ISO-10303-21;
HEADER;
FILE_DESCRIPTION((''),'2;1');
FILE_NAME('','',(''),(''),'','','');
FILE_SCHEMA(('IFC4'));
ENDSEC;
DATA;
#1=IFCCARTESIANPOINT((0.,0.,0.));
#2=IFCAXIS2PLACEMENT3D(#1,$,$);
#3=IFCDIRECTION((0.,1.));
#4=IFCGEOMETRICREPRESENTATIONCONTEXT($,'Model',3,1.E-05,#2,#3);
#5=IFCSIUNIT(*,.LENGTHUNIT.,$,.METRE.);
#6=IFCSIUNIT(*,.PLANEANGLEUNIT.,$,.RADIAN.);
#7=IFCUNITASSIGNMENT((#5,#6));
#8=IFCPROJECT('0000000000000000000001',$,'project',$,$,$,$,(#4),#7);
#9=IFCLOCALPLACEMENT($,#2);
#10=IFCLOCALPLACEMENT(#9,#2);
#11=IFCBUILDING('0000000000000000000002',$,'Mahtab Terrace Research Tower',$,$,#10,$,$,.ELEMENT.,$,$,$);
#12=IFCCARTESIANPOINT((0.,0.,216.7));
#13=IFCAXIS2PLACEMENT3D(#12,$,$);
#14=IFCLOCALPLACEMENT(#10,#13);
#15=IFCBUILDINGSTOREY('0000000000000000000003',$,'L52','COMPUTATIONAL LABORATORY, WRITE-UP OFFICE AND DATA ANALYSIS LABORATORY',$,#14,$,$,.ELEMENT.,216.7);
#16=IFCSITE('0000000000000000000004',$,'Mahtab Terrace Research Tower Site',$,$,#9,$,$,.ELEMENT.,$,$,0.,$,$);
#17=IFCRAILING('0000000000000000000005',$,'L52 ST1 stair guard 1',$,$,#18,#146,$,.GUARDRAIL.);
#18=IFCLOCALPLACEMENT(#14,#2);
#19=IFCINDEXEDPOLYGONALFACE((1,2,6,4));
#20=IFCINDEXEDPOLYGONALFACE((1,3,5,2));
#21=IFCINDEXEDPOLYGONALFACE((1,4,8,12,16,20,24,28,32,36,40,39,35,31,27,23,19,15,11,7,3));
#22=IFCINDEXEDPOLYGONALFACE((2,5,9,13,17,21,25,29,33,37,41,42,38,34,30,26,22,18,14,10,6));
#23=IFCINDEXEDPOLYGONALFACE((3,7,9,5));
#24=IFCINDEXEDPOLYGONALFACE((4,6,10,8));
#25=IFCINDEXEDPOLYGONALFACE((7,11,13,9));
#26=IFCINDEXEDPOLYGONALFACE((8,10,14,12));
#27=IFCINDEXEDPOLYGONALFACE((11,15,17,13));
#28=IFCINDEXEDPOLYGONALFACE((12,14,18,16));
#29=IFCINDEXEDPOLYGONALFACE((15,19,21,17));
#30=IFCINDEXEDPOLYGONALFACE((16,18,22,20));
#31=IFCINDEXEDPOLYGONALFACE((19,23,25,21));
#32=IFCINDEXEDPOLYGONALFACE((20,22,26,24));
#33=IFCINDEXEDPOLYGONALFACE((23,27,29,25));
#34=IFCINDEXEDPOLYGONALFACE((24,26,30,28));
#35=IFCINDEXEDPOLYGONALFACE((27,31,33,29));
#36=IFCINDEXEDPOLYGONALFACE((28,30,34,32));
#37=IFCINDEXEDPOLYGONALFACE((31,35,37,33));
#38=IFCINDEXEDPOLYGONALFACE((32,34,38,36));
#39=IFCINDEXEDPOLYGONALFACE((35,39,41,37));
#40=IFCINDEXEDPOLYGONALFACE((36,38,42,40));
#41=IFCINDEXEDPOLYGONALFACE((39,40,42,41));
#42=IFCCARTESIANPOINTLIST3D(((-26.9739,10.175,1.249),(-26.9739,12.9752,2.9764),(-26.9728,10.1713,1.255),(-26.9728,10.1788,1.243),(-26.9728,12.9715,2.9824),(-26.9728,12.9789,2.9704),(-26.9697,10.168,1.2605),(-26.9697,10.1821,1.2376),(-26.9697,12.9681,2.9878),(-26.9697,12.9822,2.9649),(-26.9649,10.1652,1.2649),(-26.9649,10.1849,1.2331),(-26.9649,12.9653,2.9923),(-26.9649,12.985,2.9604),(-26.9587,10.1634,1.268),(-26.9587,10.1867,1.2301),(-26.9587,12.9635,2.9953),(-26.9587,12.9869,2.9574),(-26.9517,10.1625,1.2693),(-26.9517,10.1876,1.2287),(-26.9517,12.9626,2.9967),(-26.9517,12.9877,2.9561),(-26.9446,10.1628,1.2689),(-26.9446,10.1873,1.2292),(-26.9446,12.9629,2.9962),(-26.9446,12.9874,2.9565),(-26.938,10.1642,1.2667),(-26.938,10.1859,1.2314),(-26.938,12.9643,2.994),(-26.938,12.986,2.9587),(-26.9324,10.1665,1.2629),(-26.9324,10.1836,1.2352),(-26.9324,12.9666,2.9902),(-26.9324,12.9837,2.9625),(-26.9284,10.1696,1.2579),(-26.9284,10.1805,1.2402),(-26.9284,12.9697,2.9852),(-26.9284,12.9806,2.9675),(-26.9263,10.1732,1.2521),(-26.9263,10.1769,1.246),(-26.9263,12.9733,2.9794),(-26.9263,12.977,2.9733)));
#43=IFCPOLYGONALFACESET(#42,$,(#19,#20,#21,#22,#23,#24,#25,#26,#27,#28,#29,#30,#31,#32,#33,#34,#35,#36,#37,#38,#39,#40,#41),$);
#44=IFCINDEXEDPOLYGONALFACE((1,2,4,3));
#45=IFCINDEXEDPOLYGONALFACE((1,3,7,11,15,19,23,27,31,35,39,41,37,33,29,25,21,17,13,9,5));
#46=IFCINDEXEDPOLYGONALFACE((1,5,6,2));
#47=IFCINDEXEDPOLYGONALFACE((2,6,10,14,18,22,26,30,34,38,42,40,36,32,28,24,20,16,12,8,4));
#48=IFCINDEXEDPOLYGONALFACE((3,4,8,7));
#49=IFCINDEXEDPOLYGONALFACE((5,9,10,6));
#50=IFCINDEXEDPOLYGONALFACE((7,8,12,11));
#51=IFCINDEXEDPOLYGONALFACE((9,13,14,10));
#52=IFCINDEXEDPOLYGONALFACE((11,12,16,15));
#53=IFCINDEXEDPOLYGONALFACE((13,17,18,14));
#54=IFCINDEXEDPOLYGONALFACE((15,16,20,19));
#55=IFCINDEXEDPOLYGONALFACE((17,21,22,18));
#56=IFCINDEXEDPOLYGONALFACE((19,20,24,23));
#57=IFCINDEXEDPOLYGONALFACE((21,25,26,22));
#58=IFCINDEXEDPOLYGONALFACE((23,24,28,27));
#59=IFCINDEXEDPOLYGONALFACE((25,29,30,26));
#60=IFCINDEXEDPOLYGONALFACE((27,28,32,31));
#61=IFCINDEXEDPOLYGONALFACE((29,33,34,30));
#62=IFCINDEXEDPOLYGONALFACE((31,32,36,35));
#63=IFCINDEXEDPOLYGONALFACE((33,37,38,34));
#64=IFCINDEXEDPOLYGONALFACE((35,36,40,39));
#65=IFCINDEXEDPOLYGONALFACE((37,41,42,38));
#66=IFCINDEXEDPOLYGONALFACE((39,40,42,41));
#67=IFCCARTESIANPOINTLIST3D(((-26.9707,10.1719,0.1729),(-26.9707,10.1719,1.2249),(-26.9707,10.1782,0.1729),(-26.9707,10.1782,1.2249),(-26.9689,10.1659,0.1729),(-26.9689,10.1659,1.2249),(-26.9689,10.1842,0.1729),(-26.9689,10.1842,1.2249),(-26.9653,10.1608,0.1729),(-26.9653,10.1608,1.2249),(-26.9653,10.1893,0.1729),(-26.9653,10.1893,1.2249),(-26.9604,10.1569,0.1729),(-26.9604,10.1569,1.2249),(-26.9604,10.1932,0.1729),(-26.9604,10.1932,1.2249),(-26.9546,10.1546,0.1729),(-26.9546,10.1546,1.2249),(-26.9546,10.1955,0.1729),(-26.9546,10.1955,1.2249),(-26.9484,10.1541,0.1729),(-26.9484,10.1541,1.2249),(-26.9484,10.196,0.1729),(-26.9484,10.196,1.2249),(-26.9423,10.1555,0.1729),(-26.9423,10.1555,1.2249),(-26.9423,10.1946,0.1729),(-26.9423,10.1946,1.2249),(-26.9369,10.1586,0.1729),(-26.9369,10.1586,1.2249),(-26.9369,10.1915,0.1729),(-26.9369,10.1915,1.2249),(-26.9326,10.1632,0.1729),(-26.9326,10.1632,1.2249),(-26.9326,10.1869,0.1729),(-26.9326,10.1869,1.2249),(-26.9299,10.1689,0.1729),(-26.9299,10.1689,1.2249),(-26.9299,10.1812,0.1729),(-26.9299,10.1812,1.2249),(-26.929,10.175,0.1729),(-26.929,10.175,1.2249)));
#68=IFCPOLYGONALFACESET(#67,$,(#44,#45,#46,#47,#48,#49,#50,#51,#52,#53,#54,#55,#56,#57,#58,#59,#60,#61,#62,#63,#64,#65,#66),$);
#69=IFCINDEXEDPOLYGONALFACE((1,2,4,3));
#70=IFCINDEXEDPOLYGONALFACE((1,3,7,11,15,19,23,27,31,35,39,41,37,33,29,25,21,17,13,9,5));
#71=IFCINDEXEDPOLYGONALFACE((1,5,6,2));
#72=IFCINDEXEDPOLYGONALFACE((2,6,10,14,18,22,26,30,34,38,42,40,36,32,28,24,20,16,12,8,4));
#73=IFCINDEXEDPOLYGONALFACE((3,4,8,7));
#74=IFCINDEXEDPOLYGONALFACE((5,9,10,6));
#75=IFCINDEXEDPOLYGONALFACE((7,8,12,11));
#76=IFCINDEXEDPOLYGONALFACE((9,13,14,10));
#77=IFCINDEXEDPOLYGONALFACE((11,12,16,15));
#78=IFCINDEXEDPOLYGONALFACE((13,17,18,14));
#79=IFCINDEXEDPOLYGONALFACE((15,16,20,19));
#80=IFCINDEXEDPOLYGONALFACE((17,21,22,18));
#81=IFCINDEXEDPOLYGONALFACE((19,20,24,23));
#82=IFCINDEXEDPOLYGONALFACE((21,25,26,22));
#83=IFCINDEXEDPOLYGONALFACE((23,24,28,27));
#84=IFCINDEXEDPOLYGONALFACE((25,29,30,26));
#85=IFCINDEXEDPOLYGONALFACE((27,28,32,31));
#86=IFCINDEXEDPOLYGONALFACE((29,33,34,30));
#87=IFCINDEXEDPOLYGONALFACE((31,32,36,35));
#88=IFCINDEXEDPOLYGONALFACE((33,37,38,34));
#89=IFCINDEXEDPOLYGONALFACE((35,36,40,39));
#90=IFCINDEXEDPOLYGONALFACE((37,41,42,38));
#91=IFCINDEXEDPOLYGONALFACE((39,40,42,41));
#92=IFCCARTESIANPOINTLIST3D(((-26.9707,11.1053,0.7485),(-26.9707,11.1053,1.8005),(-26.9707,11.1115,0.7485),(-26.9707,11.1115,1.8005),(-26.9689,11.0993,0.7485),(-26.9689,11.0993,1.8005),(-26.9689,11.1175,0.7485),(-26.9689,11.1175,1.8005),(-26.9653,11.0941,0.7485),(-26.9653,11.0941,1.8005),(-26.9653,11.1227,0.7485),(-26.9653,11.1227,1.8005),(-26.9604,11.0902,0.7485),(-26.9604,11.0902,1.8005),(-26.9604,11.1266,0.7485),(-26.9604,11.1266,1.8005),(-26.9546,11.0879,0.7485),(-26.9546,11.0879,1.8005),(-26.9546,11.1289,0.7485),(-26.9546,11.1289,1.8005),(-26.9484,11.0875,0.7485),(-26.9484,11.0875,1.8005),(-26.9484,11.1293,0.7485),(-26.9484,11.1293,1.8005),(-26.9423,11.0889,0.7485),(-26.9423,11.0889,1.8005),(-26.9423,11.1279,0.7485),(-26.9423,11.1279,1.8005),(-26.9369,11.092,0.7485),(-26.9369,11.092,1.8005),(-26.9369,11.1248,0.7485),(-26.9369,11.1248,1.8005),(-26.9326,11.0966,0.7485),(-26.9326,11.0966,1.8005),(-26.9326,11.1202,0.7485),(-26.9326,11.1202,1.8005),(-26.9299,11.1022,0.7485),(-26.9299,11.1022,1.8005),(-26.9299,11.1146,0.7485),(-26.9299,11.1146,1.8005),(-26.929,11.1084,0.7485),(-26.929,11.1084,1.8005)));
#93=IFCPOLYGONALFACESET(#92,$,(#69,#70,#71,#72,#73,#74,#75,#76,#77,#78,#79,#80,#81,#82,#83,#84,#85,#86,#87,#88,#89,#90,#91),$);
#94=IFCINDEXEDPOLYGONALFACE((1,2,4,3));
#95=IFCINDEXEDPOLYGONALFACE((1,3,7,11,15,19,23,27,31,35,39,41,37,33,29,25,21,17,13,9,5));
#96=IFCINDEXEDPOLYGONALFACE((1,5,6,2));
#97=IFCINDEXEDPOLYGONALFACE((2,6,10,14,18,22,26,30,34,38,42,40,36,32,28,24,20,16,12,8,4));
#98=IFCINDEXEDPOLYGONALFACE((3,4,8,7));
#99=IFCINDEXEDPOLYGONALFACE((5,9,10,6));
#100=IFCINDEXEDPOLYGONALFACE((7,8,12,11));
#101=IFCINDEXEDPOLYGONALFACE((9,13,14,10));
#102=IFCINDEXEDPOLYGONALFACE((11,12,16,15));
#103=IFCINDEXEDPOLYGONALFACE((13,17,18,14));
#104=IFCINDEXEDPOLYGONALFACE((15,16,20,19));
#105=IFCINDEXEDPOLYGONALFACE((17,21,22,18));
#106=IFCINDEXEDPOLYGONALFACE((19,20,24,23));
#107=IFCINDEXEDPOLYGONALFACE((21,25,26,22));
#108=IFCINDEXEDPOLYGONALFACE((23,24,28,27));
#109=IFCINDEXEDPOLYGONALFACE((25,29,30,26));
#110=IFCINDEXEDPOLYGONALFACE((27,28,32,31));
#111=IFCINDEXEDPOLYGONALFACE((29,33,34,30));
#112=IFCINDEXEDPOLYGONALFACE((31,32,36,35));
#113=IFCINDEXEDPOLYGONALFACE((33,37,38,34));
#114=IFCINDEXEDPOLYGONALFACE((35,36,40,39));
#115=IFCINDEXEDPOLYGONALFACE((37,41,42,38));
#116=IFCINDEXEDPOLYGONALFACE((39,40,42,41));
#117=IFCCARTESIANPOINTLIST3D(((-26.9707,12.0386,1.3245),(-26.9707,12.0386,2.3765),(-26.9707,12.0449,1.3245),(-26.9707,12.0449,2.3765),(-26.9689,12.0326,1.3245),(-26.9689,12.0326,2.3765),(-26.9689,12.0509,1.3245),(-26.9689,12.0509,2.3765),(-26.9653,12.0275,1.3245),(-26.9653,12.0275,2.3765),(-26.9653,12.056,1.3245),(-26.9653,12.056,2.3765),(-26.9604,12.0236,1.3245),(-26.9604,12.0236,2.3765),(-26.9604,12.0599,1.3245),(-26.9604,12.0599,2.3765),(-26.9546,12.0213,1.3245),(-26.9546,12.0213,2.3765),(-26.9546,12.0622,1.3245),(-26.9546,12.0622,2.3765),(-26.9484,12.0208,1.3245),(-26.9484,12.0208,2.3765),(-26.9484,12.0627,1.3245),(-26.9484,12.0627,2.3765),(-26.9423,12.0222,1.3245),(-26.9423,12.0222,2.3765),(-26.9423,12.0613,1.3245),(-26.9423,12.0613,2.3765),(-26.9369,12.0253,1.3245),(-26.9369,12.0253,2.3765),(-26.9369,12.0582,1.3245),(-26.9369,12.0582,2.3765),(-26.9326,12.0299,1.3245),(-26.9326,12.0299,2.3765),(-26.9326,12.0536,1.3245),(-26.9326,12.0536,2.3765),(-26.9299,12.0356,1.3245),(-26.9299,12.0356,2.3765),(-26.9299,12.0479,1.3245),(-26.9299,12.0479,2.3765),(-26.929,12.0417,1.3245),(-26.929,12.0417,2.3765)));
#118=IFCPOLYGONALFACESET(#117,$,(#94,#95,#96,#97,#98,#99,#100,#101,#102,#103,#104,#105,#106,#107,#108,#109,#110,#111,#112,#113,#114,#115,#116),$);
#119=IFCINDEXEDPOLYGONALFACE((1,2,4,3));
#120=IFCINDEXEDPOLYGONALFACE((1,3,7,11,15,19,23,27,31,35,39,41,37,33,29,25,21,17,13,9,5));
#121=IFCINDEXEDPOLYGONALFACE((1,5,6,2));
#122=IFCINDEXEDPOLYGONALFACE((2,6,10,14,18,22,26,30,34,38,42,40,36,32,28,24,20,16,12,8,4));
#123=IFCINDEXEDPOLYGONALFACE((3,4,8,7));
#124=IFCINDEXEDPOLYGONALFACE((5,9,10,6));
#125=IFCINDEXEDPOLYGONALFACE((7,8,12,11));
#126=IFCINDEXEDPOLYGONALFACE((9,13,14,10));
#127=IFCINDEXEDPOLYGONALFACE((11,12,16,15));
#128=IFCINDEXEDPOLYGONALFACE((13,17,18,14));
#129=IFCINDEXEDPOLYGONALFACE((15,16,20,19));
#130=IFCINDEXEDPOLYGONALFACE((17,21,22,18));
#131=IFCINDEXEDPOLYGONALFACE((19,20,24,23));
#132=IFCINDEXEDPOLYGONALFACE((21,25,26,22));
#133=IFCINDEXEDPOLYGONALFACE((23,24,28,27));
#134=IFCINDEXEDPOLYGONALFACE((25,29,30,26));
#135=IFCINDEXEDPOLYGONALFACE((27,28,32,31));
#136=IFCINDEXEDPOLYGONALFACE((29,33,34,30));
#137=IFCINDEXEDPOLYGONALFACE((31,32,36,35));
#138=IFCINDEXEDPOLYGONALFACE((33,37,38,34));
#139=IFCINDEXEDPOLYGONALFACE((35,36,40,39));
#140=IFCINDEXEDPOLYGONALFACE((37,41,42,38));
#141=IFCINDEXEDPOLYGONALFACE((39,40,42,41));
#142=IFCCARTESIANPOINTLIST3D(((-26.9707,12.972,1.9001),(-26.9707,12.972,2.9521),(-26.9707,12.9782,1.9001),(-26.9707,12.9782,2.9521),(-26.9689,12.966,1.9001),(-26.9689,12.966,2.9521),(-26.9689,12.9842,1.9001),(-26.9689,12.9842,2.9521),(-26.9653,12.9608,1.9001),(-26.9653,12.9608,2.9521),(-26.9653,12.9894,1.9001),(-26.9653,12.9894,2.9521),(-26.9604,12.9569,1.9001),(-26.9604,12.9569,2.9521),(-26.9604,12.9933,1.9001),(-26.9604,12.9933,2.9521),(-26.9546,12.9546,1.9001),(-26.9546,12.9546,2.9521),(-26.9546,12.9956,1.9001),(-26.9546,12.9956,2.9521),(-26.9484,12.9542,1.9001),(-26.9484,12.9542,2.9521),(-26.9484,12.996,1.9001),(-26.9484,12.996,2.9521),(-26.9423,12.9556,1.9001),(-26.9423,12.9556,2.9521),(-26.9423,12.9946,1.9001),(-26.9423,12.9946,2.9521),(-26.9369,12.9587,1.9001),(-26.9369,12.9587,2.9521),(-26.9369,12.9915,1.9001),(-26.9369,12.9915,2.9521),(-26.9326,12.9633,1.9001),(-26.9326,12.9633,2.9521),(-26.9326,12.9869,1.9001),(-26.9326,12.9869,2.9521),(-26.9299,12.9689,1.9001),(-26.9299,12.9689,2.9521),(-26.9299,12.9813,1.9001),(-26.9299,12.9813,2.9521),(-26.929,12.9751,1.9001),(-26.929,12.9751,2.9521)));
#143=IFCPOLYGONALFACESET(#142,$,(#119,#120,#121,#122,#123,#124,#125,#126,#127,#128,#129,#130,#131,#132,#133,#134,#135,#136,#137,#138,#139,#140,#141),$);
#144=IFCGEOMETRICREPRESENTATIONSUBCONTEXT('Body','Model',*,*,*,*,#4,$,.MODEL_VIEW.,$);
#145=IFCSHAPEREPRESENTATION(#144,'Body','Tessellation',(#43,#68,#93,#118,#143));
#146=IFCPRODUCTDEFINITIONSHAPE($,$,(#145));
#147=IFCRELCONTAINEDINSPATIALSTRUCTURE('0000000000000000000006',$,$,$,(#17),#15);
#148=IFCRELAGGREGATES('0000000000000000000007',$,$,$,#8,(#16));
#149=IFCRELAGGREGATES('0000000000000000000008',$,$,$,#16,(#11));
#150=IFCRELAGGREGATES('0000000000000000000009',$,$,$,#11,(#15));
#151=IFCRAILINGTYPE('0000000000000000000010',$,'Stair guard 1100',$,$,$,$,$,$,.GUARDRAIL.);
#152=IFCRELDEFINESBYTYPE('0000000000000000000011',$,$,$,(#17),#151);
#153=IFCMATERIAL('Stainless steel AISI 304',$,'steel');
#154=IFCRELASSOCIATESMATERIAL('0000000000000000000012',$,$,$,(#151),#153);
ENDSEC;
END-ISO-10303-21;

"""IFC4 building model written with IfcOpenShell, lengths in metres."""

from ifc_helpers import new_model, si_unit, direction, frame, origin, origin_2d, place, context, subcontext, project, spatial, circle, extrude, material, type_object, element, save


model = new_model("IFC4")

# Units and contexts
model_context = context("Model", 3, precision=1e-05, world=origin(), true_north=direction((0.0, 1.0)))
body_context = subcontext(model_context, "Body", "Model", "MODEL_VIEW")
ifc_project = project(units=[si_unit("LENGTHUNIT", "METRE"), si_unit("PLANEANGLEUNIT", "RADIAN")], contexts=[model_context])

# Site, building, storey
site_placement = place(None, origin())
site = spatial("IfcSite", under=ifc_project, at=site_placement, Name="Mahtab Terrace Research Tower Site", CompositionType="ELEMENT", RefElevation=0.0)
building_placement = place(site_placement, origin())
building = spatial("IfcBuilding", under=site, at=building_placement, Name="Mahtab Terrace Research Tower", CompositionType="ELEMENT")
storey_placement = place(building_placement, frame((0.0, 0.0, 216.7)))
storey = spatial("IfcBuildingStorey", under=building, at=storey_placement, Name="L52", Description="COMPUTATIONAL LABORATORY, WRITE-UP OFFICE AND DATA ANALYSIS LABORATORY", CompositionType="ELEMENT", Elevation=216.7)

# Railing
ifc_material_1 = material(Name="Stainless steel AISI 304", Category="steel")
railing_type_1 = type_object("IfcRailingType", Name="Stair guard 1100", PredefinedType="GUARDRAIL", material=ifc_material_1)
railing_1_placement = place(storey_placement, frame((-26.95, 10.175, 0.1729)))
element("IfcRailing", 1, at=railing_1_placement, inside=storey, type_object=railing_type_1, Name="L52 ST1 stair guard 1", PredefinedType="GUARDRAIL", context=body_context, shape_type="SweptSolid", body=[
    extrude(circle(Radius=0.0239, at=origin_2d()), frame((0.0, 0.0, 1.0762), z_axis=(0.0, 0.85109, 0.52502), x_axis=(-1.0, 0.0, 0.0)), (0.0, 0.0, 1.0), 3.29),
    extrude(circle(Radius=0.021, at=origin_2d()), origin(), (0.0, 0.0, 1.0), 1.052),
    extrude(circle(Radius=0.021, at=origin_2d()), frame((0.0, 0.9333, 0.5757)), (0.0, 0.0, 1.0), 1.052),
    extrude(circle(Radius=0.021, at=origin_2d()), frame((0.0, 1.8667, 1.1516)), (0.0, 0.0, 1.0), 1.052),
    extrude(circle(Radius=0.021, at=origin_2d()), frame((0.0, 2.8, 1.7273)), (0.0, 0.0, 1.0), 1.052),
])

save(model, "model.ifc")
